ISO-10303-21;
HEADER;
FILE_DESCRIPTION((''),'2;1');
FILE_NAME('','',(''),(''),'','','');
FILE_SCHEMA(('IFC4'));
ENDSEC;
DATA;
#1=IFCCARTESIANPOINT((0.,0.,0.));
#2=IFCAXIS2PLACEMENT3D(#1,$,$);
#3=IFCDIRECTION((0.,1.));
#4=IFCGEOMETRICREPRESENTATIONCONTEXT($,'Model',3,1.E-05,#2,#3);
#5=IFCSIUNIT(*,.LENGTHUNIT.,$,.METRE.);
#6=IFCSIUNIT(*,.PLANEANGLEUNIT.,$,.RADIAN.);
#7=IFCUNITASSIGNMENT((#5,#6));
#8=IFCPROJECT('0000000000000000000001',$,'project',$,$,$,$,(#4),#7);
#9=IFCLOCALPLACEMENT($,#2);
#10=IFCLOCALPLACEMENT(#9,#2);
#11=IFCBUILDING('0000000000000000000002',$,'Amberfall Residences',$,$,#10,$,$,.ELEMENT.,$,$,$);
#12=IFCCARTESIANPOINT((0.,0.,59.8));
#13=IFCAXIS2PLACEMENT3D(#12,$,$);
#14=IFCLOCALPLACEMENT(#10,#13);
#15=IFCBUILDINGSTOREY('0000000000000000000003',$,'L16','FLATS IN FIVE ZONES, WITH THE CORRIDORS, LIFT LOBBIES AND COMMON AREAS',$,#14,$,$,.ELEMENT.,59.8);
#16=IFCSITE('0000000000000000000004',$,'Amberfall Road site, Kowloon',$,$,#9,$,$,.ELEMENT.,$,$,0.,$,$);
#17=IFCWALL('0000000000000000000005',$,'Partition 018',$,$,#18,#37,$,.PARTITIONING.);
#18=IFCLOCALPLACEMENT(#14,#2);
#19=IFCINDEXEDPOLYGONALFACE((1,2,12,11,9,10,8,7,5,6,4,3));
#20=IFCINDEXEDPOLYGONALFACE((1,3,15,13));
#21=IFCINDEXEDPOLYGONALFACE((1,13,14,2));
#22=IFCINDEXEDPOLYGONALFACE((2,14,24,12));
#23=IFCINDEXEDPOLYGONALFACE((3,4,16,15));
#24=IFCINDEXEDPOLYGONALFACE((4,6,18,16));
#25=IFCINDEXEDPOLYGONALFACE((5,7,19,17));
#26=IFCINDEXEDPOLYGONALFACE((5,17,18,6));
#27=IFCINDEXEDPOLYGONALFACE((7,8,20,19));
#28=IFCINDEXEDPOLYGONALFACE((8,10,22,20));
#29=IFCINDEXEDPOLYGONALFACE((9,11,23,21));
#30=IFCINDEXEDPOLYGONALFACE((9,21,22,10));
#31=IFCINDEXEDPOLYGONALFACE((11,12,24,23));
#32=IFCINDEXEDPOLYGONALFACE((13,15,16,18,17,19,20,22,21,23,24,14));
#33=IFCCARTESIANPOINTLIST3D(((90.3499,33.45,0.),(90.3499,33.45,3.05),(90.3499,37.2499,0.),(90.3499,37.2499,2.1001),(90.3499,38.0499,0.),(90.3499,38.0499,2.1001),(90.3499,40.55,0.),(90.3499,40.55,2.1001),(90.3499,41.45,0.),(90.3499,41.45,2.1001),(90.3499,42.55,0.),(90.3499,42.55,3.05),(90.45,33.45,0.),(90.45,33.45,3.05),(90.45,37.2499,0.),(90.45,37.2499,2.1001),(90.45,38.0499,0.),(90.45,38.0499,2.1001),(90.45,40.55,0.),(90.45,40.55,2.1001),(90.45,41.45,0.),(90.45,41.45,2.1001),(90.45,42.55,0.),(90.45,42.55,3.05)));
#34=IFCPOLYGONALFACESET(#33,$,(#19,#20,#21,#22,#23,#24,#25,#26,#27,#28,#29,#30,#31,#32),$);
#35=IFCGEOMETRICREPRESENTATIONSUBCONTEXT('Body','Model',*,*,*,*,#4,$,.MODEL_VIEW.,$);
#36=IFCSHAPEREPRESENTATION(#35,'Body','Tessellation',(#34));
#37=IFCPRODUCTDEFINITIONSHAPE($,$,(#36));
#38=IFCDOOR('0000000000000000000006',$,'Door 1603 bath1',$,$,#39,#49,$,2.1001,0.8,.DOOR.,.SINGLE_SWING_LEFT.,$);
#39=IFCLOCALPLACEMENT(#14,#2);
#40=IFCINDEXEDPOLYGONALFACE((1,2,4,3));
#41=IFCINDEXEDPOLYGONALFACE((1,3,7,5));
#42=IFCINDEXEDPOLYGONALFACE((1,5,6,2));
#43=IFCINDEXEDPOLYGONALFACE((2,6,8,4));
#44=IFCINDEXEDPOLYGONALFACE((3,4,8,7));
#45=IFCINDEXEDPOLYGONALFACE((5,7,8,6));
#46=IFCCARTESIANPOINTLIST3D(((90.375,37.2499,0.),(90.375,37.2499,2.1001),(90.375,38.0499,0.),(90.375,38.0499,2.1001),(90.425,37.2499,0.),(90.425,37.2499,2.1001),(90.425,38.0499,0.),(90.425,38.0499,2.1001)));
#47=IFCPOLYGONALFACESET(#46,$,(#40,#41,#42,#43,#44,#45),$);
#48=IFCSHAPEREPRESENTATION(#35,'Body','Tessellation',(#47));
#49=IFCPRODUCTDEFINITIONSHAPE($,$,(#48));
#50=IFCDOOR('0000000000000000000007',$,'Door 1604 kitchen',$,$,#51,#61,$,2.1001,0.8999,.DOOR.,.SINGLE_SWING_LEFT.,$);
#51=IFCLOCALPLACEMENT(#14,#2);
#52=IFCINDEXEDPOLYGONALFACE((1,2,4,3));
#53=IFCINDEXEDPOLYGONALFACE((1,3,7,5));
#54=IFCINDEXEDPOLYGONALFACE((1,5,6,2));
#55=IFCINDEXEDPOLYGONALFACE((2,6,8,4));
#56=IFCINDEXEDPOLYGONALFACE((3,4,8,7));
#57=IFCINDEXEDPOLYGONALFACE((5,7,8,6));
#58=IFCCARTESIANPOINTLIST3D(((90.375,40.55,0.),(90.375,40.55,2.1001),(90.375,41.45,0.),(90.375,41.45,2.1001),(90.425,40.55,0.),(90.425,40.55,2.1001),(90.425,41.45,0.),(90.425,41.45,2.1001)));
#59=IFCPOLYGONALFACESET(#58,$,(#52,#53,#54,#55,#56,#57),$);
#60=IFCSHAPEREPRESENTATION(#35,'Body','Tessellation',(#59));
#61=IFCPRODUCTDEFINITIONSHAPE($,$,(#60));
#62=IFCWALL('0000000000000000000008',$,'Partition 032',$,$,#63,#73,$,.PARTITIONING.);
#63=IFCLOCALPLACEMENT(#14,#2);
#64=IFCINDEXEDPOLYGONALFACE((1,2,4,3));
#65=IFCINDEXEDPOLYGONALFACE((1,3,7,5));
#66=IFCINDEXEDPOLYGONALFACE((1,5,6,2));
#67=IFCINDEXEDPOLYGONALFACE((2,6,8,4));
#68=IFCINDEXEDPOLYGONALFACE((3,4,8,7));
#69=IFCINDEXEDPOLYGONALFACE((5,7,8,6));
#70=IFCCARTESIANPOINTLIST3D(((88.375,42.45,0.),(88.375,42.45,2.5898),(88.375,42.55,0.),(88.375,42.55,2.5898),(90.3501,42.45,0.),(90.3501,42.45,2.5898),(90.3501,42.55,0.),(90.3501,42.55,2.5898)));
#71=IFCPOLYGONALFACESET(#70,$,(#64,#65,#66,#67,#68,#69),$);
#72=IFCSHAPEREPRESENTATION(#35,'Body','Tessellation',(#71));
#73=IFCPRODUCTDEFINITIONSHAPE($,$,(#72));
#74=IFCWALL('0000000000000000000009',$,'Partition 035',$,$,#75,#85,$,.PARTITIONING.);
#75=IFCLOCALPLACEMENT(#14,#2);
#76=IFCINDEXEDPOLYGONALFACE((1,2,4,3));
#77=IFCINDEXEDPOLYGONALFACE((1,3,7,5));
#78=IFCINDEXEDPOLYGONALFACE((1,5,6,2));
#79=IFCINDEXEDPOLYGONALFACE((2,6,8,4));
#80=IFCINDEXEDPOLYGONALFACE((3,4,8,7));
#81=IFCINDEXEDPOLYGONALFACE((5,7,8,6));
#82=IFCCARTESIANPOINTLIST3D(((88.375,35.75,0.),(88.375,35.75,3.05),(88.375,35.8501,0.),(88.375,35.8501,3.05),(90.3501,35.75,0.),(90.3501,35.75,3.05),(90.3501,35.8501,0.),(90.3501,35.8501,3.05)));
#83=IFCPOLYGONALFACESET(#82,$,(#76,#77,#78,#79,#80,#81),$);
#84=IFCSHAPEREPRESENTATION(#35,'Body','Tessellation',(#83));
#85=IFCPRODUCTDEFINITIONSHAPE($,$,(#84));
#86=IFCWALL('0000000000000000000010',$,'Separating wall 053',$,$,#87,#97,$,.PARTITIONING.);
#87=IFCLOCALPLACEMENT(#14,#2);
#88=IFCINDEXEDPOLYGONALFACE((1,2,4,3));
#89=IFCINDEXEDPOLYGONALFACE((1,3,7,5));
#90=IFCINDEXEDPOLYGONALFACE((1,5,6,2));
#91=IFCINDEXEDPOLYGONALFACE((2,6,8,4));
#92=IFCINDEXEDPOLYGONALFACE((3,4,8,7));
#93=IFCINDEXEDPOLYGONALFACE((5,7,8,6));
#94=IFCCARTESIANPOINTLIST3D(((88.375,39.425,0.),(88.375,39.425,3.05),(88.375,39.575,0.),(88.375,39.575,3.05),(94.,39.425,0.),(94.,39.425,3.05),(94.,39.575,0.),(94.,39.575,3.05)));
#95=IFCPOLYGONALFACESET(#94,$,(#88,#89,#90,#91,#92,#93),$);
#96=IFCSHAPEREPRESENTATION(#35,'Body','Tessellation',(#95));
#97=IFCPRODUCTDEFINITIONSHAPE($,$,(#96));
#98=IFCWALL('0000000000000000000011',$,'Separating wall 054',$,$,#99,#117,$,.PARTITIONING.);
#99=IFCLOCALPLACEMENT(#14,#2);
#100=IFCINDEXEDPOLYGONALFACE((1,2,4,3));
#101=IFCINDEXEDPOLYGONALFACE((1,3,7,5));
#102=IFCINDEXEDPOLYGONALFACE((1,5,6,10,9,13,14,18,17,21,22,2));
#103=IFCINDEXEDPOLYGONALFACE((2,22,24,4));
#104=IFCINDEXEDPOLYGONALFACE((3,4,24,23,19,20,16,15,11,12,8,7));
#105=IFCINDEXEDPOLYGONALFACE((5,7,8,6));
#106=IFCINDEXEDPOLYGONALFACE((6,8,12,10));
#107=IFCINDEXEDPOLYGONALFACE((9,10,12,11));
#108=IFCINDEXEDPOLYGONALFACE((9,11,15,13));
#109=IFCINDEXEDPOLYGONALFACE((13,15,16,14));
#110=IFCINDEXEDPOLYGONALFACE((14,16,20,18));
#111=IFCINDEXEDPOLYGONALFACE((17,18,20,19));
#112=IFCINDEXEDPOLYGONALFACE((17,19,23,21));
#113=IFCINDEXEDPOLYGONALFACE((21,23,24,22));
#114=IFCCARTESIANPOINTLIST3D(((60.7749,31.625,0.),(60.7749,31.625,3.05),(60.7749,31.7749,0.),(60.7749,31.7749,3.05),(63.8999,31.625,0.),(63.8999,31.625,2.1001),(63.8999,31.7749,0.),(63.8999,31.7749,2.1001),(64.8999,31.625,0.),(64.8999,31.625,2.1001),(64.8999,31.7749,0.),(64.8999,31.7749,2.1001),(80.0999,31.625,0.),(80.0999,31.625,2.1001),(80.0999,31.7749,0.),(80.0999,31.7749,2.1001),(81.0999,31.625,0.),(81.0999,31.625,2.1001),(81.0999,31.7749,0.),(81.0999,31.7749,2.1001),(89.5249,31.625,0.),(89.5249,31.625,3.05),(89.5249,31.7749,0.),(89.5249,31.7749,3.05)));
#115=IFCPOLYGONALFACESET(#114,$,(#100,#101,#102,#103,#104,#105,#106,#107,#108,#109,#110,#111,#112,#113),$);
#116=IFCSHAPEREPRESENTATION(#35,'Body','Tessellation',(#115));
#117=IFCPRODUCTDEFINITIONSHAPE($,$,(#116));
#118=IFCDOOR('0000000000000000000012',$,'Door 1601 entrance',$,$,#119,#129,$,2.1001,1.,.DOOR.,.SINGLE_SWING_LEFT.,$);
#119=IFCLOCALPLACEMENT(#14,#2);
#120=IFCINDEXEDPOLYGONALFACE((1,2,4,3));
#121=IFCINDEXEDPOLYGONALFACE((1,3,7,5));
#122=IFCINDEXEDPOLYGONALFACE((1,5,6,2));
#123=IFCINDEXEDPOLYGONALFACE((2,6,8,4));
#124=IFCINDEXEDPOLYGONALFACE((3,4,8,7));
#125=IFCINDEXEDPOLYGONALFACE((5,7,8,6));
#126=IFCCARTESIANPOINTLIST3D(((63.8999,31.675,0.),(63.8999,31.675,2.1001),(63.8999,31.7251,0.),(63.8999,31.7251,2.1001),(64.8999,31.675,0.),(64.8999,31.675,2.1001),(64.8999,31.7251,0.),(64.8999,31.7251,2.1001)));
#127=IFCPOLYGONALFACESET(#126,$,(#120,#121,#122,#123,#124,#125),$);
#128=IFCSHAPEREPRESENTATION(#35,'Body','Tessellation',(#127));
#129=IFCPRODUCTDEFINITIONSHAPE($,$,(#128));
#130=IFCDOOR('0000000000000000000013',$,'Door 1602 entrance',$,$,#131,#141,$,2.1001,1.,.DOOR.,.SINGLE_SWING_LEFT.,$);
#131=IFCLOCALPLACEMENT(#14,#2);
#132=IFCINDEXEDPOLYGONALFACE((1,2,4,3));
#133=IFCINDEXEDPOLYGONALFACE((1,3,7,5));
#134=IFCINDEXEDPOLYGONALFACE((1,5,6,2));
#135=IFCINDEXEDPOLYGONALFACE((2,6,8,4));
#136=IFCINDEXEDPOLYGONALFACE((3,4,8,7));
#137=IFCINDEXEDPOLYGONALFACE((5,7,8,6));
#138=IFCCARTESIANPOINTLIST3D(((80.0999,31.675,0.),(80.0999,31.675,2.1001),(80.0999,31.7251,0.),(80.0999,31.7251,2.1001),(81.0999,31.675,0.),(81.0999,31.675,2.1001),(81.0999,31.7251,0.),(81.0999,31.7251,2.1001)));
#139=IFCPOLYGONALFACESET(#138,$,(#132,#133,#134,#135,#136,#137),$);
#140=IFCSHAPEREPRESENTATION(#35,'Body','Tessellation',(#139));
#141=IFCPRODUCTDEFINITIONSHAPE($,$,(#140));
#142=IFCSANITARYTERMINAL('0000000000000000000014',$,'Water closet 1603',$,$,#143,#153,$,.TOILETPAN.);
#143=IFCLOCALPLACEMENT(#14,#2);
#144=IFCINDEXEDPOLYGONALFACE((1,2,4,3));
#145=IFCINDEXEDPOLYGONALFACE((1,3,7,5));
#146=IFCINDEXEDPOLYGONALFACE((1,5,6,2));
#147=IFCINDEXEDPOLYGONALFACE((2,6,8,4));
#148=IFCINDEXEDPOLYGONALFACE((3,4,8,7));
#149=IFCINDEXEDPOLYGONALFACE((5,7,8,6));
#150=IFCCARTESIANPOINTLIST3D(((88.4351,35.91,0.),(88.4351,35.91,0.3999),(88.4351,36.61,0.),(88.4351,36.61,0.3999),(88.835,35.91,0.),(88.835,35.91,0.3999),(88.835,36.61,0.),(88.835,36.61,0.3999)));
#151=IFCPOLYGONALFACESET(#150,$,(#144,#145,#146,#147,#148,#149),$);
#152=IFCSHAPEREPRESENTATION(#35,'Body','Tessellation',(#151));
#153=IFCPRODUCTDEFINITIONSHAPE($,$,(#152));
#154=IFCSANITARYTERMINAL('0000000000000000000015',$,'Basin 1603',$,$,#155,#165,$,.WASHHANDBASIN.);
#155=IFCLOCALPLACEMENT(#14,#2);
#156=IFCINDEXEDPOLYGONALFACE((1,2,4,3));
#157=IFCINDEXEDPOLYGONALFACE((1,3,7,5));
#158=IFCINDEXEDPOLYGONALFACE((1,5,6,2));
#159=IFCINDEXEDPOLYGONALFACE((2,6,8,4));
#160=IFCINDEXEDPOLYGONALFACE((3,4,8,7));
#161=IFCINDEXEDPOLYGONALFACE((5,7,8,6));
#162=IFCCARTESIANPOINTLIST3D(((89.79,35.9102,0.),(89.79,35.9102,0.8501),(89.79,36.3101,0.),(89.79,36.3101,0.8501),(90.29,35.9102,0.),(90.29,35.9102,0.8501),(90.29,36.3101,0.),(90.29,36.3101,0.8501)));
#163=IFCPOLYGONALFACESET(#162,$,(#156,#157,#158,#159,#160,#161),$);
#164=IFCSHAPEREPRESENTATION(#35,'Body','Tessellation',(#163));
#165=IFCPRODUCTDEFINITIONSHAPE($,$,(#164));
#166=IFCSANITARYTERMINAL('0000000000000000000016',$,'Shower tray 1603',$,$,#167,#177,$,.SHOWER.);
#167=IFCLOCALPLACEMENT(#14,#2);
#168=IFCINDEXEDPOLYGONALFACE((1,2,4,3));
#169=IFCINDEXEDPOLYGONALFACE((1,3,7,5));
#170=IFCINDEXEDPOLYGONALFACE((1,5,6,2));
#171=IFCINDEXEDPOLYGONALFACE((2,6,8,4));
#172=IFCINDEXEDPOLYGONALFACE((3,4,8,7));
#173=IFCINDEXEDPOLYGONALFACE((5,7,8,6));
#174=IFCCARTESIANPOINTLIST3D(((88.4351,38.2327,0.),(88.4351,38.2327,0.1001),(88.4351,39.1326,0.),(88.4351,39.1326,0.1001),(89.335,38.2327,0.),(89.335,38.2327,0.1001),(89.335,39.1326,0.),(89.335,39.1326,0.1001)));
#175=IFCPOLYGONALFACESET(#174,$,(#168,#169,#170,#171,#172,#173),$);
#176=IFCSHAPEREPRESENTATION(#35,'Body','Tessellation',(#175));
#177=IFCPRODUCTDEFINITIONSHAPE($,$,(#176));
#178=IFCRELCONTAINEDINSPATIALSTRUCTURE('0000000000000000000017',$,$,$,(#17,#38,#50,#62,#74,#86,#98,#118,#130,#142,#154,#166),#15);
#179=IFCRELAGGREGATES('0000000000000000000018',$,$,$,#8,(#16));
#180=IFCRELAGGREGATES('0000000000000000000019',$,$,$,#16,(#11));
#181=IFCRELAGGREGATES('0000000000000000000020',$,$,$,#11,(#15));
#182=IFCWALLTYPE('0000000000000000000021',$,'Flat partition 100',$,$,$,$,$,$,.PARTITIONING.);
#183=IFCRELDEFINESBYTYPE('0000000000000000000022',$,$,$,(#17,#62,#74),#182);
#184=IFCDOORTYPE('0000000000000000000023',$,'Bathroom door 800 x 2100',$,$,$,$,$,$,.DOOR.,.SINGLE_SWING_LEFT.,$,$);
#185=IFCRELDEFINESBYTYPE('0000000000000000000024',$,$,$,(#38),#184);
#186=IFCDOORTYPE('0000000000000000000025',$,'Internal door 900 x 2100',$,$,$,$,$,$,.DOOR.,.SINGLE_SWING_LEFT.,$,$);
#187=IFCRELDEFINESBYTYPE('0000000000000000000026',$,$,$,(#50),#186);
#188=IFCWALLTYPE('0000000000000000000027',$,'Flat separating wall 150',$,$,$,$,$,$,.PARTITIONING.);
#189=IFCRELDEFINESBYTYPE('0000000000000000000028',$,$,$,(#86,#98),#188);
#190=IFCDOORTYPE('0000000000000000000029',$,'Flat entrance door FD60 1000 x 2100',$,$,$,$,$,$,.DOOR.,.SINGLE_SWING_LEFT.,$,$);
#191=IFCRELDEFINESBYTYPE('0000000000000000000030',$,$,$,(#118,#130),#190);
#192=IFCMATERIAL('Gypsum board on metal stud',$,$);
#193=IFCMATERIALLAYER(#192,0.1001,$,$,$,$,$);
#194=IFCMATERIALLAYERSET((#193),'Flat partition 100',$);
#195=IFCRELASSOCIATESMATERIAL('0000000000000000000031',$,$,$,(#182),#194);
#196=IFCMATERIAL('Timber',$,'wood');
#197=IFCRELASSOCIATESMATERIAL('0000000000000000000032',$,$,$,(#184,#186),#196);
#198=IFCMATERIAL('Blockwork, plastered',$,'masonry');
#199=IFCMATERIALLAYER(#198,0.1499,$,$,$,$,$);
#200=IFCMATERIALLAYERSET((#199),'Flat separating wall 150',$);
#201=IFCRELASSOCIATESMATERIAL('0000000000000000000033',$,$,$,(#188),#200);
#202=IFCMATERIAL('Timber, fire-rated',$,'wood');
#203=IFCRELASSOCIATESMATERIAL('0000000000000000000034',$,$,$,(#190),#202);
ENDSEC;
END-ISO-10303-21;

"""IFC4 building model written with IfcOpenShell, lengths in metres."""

from ifc_helpers import new_model, si_unit, direction, frame, frame_2d, origin, origin_2d, place, context, subcontext, project, spatial, rectangle, extrude, material, layer, layer_set, type_object, element, fill, save


model = new_model("IFC4")

# Units and contexts
model_context = context("Model", 3, precision=1e-05, world=origin(), true_north=direction((0.0, 1.0)))
body_context = subcontext(model_context, "Body", "Model", "MODEL_VIEW")
ifc_project = project(units=[si_unit("LENGTHUNIT", "METRE"), si_unit("PLANEANGLEUNIT", "RADIAN")], contexts=[model_context])

# Site, building, storey
site_placement = place(None, origin())
site = spatial("IfcSite", under=ifc_project, at=site_placement, Name="Amberfall Road site, Kowloon", CompositionType="ELEMENT", RefElevation=0.0)
building_placement = place(site_placement, origin())
building = spatial("IfcBuilding", under=site, at=building_placement, Name="Amberfall Residences", CompositionType="ELEMENT")
storey_placement = place(building_placement, frame((0.0, 0.0, 59.8)))
storey = spatial("IfcBuildingStorey", under=building, at=storey_placement, Name="L16", Description="FLATS IN FIVE ZONES, WITH THE CORRIDORS, LIFT LOBBIES AND COMMON AREAS", CompositionType="ELEMENT", Elevation=59.8)

# Wall, openings, doors
ifc_material_1 = material(Name="Gypsum board on metal stud")
ifc_layer_1 = layer(ifc_material_1, 0.1001)
ifc_layer_set_1 = layer_set([ifc_layer_1], Name="Flat partition 100")
wall_type_1 = type_object("IfcWallType", Name="Flat partition 100", PredefinedType="PARTITIONING", material=ifc_layer_set_1)
wall_1_placement = place(storey_placement, frame((90.3999, 33.45, 0.0), z_axis=(0.0, 0.0, 1.0), x_axis=(0.0, 1.0, 0.0)))
wall_1 = element("IfcWall", 1, at=wall_1_placement, inside=storey, type_object=wall_type_1, Name="Partition 018", PredefinedType="PARTITIONING", context=body_context, shape_type="SweptSolid", body=[
    extrude(rectangle(XDim=9.1001, YDim=0.1001, at=frame_2d((4.55, 0.0))), origin(), (0.0, 0.0, 1.0), 3.05),
])
opening_1_placement = place(wall_1_placement, frame((3.8, 0.0, 0.0)))
opening_1 = element("IfcOpeningElement", 2, at=opening_1_placement, cuts=wall_1, PredefinedType="OPENING", context=body_context, shape_type="SweptSolid", body=[
    extrude(rectangle(XDim=0.8, YDim=2.1001, at=frame_2d((0.3999, 1.05))), frame((0.0, 0.0601, 0.0), z_axis=(0.0, -1.0, 0.0), x_axis=(1.0, 0.0, 0.0)), (0.0, 0.0, 1.0), 0.1201),
])
opening_2_placement = place(wall_1_placement, frame((7.1001, 0.0, 0.0)))
opening_2 = element("IfcOpeningElement", 3, at=opening_2_placement, cuts=wall_1, PredefinedType="OPENING", context=body_context, shape_type="SweptSolid", body=[
    extrude(rectangle(XDim=0.8999, YDim=2.1001, at=frame_2d((0.45, 1.05))), frame((0.0, 0.0601, 0.0), z_axis=(0.0, -1.0, 0.0), x_axis=(1.0, 0.0, 0.0)), (0.0, 0.0, 1.0), 0.1201),
])
ifc_material_2 = material(Name="Timber", Category="wood")
door_type_1 = type_object("IfcDoorType", Name="Bathroom door 800 x 2100", OperationType="SINGLE_SWING_LEFT", PredefinedType="DOOR", material=ifc_material_2)
door_1_placement = place(opening_1_placement, origin())
door_1 = element("IfcDoor", 4, at=door_1_placement, inside=storey, type_object=door_type_1, Name="Door 1603 bath1", OperationType="SINGLE_SWING_LEFT", OverallHeight=2.1001, OverallWidth=0.8, PredefinedType="DOOR", context=body_context, shape_type="SweptSolid", body=[
    extrude(rectangle(XDim=0.8, YDim=2.1001, at=frame_2d((0.3999, 1.05))), frame((0.0, 0.0249, 0.0), z_axis=(0.0, -1.0, 0.0), x_axis=(1.0, 0.0, 0.0)), (0.0, 0.0, 1.0), 0.05),
])
fill(opening_1, door_1)
door_type_2 = type_object("IfcDoorType", Name="Internal door 900 x 2100", OperationType="SINGLE_SWING_LEFT", PredefinedType="DOOR", material=ifc_material_2)
door_2_placement = place(opening_2_placement, origin())
door_2 = element("IfcDoor", 5, at=door_2_placement, inside=storey, type_object=door_type_2, Name="Door 1604 kitchen", OperationType="SINGLE_SWING_LEFT", OverallHeight=2.1001, OverallWidth=0.8999, PredefinedType="DOOR", context=body_context, shape_type="SweptSolid", body=[
    extrude(rectangle(XDim=0.8999, YDim=2.1001, at=frame_2d((0.45, 1.05))), frame((0.0, 0.0249, 0.0), z_axis=(0.0, -1.0, 0.0), x_axis=(1.0, 0.0, 0.0)), (0.0, 0.0, 1.0), 0.05),
])
fill(opening_2, door_2)

# Walls
wall_2_placement = place(storey_placement, frame((88.375, 42.5, 0.0), z_axis=(0.0, 0.0, 1.0), x_axis=(1.0, 0.0, 0.0)))
element("IfcWall", 6, at=wall_2_placement, inside=storey, type_object=wall_type_1, Name="Partition 032", PredefinedType="PARTITIONING", context=body_context, shape_type="SweptSolid", body=[
    extrude(rectangle(XDim=1.9751, YDim=0.1001, at=frame_2d((0.9875, 0.0))), origin(), (0.0, 0.0, 1.0), 2.5898),
])
wall_3_placement = place(storey_placement, frame((88.375, 35.8, 0.0), z_axis=(0.0, 0.0, 1.0), x_axis=(1.0, 0.0, 0.0)))
element("IfcWall", 7, at=wall_3_placement, inside=storey, type_object=wall_type_1, Name="Partition 035", PredefinedType="PARTITIONING", context=body_context, shape_type="SweptSolid", body=[
    extrude(rectangle(XDim=1.9751, YDim=0.1001, at=frame_2d((0.9875, 0.0))), origin(), (0.0, 0.0, 1.0), 3.05),
])
ifc_material_3 = material(Name="Blockwork, plastered", Category="masonry")
ifc_layer_2 = layer(ifc_material_3, 0.1499)
ifc_layer_set_2 = layer_set([ifc_layer_2], Name="Flat separating wall 150")
wall_type_2 = type_object("IfcWallType", Name="Flat separating wall 150", PredefinedType="PARTITIONING", material=ifc_layer_set_2)
wall_4_placement = place(storey_placement, frame((88.375, 39.5, 0.0), z_axis=(0.0, 0.0, 1.0), x_axis=(1.0, 0.0, 0.0)))
element("IfcWall", 8, at=wall_4_placement, inside=storey, type_object=wall_type_2, Name="Separating wall 053", PredefinedType="PARTITIONING", context=body_context, shape_type="SweptSolid", body=[
    extrude(rectangle(XDim=5.625, YDim=0.1499, at=frame_2d((2.8125, 0.0))), origin(), (0.0, 0.0, 1.0), 3.05),
])

# Wall, openings, doors
wall_5_placement = place(storey_placement, frame((89.5249, 31.7, 0.0), z_axis=(0.0, 0.0, 1.0), x_axis=(-1.0, 0.0, 0.0)))
wall_5 = element("IfcWall", 9, at=wall_5_placement, inside=storey, type_object=wall_type_2, Name="Separating wall 054", PredefinedType="PARTITIONING", context=body_context, shape_type="SweptSolid", body=[
    extrude(rectangle(XDim=28.75, YDim=0.1499, at=frame_2d((14.375, 0.0))), origin(), (0.0, 0.0, 1.0), 3.05),
])
opening_3_placement = place(wall_5_placement, frame((24.625, 0.0, 0.0)))
opening_3 = element("IfcOpeningElement", 10, at=opening_3_placement, cuts=wall_5, PredefinedType="OPENING", context=body_context, shape_type="SweptSolid", body=[
    extrude(rectangle(XDim=1.0, YDim=2.1001, at=frame_2d((0.5, 1.05))), frame((0.0, 0.085, 0.0), z_axis=(0.0, -1.0, 0.0), x_axis=(1.0, 0.0, 0.0)), (0.0, 0.0, 1.0), 0.1699),
])
opening_4_placement = place(wall_5_placement, frame((8.425, 0.0, 0.0)))
opening_4 = element("IfcOpeningElement", 11, at=opening_4_placement, cuts=wall_5, PredefinedType="OPENING", context=body_context, shape_type="SweptSolid", body=[
    extrude(rectangle(XDim=1.0, YDim=2.1001, at=frame_2d((0.5, 1.05))), frame((0.0, 0.085, 0.0), z_axis=(0.0, -1.0, 0.0), x_axis=(1.0, 0.0, 0.0)), (0.0, 0.0, 1.0), 0.1699),
])
ifc_material_4 = material(Name="Timber, fire-rated", Category="wood")
door_type_3 = type_object("IfcDoorType", Name="Flat entrance door FD60 1000 x 2100", OperationType="SINGLE_SWING_LEFT", PredefinedType="DOOR", material=ifc_material_4)
door_3_placement = place(opening_3_placement, origin())
door_3 = element("IfcDoor", 12, at=door_3_placement, inside=storey, type_object=door_type_3, Name="Door 1601 entrance", OperationType="SINGLE_SWING_LEFT", OverallHeight=2.1001, OverallWidth=1.0, PredefinedType="DOOR", context=body_context, shape_type="SweptSolid", body=[
    extrude(rectangle(XDim=1.0, YDim=2.1001, at=frame_2d((0.5, 1.05))), frame((0.0, 0.0249, 0.0), z_axis=(0.0, -1.0, 0.0), x_axis=(1.0, 0.0, 0.0)), (0.0, 0.0, 1.0), 0.05),
])
fill(opening_3, door_3)
door_4_placement = place(opening_4_placement, origin())
door_4 = element("IfcDoor", 13, at=door_4_placement, inside=storey, type_object=door_type_3, Name="Door 1602 entrance", OperationType="SINGLE_SWING_LEFT", OverallHeight=2.1001, OverallWidth=1.0, PredefinedType="DOOR", context=body_context, shape_type="SweptSolid", body=[
    extrude(rectangle(XDim=1.0, YDim=2.1001, at=frame_2d((0.5, 1.05))), frame((0.0, 0.0249, 0.0), z_axis=(0.0, -1.0, 0.0), x_axis=(1.0, 0.0, 0.0)), (0.0, 0.0, 1.0), 0.05),
])
fill(opening_4, door_4)

# Sanitary terminals
sanitary_terminal_1_placement = place(storey_placement, frame((88.635, 36.26, 0.0), z_axis=(0.0, 0.0, 1.0), x_axis=(1.0, 0.0, 0.0)))
element("IfcSanitaryTerminal", 14, at=sanitary_terminal_1_placement, inside=storey, Name="Water closet 1603", PredefinedType="TOILETPAN", context=body_context, shape_type="SweptSolid", body=[
    extrude(rectangle(XDim=0.3999, YDim=0.7, at=origin_2d()), origin(), (0.0, 0.0, 1.0), 0.3999),
])
sanitary_terminal_2_placement = place(storey_placement, frame((90.04, 36.1101, 0.0), z_axis=(0.0, 0.0, 1.0), x_axis=(1.0, 0.0, 0.0)))
element("IfcSanitaryTerminal", 15, at=sanitary_terminal_2_placement, inside=storey, Name="Basin 1603", PredefinedType="WASHHANDBASIN", context=body_context, shape_type="SweptSolid", body=[
    extrude(rectangle(XDim=0.5, YDim=0.3999, at=origin_2d()), origin(), (0.0, 0.0, 1.0), 0.8501),
])
sanitary_terminal_3_placement = place(storey_placement, frame((88.885, 38.6826, 0.0), z_axis=(0.0, 0.0, 1.0), x_axis=(1.0, 0.0, 0.0)))
element("IfcSanitaryTerminal", 16, at=sanitary_terminal_3_placement, inside=storey, Name="Shower tray 1603", PredefinedType="SHOWER", context=body_context, shape_type="SweptSolid", body=[
    extrude(rectangle(XDim=0.8999, YDim=0.8999, at=origin_2d()), origin(), (0.0, 0.0, 1.0), 0.1001),
])

save(model, "model.ifc")
